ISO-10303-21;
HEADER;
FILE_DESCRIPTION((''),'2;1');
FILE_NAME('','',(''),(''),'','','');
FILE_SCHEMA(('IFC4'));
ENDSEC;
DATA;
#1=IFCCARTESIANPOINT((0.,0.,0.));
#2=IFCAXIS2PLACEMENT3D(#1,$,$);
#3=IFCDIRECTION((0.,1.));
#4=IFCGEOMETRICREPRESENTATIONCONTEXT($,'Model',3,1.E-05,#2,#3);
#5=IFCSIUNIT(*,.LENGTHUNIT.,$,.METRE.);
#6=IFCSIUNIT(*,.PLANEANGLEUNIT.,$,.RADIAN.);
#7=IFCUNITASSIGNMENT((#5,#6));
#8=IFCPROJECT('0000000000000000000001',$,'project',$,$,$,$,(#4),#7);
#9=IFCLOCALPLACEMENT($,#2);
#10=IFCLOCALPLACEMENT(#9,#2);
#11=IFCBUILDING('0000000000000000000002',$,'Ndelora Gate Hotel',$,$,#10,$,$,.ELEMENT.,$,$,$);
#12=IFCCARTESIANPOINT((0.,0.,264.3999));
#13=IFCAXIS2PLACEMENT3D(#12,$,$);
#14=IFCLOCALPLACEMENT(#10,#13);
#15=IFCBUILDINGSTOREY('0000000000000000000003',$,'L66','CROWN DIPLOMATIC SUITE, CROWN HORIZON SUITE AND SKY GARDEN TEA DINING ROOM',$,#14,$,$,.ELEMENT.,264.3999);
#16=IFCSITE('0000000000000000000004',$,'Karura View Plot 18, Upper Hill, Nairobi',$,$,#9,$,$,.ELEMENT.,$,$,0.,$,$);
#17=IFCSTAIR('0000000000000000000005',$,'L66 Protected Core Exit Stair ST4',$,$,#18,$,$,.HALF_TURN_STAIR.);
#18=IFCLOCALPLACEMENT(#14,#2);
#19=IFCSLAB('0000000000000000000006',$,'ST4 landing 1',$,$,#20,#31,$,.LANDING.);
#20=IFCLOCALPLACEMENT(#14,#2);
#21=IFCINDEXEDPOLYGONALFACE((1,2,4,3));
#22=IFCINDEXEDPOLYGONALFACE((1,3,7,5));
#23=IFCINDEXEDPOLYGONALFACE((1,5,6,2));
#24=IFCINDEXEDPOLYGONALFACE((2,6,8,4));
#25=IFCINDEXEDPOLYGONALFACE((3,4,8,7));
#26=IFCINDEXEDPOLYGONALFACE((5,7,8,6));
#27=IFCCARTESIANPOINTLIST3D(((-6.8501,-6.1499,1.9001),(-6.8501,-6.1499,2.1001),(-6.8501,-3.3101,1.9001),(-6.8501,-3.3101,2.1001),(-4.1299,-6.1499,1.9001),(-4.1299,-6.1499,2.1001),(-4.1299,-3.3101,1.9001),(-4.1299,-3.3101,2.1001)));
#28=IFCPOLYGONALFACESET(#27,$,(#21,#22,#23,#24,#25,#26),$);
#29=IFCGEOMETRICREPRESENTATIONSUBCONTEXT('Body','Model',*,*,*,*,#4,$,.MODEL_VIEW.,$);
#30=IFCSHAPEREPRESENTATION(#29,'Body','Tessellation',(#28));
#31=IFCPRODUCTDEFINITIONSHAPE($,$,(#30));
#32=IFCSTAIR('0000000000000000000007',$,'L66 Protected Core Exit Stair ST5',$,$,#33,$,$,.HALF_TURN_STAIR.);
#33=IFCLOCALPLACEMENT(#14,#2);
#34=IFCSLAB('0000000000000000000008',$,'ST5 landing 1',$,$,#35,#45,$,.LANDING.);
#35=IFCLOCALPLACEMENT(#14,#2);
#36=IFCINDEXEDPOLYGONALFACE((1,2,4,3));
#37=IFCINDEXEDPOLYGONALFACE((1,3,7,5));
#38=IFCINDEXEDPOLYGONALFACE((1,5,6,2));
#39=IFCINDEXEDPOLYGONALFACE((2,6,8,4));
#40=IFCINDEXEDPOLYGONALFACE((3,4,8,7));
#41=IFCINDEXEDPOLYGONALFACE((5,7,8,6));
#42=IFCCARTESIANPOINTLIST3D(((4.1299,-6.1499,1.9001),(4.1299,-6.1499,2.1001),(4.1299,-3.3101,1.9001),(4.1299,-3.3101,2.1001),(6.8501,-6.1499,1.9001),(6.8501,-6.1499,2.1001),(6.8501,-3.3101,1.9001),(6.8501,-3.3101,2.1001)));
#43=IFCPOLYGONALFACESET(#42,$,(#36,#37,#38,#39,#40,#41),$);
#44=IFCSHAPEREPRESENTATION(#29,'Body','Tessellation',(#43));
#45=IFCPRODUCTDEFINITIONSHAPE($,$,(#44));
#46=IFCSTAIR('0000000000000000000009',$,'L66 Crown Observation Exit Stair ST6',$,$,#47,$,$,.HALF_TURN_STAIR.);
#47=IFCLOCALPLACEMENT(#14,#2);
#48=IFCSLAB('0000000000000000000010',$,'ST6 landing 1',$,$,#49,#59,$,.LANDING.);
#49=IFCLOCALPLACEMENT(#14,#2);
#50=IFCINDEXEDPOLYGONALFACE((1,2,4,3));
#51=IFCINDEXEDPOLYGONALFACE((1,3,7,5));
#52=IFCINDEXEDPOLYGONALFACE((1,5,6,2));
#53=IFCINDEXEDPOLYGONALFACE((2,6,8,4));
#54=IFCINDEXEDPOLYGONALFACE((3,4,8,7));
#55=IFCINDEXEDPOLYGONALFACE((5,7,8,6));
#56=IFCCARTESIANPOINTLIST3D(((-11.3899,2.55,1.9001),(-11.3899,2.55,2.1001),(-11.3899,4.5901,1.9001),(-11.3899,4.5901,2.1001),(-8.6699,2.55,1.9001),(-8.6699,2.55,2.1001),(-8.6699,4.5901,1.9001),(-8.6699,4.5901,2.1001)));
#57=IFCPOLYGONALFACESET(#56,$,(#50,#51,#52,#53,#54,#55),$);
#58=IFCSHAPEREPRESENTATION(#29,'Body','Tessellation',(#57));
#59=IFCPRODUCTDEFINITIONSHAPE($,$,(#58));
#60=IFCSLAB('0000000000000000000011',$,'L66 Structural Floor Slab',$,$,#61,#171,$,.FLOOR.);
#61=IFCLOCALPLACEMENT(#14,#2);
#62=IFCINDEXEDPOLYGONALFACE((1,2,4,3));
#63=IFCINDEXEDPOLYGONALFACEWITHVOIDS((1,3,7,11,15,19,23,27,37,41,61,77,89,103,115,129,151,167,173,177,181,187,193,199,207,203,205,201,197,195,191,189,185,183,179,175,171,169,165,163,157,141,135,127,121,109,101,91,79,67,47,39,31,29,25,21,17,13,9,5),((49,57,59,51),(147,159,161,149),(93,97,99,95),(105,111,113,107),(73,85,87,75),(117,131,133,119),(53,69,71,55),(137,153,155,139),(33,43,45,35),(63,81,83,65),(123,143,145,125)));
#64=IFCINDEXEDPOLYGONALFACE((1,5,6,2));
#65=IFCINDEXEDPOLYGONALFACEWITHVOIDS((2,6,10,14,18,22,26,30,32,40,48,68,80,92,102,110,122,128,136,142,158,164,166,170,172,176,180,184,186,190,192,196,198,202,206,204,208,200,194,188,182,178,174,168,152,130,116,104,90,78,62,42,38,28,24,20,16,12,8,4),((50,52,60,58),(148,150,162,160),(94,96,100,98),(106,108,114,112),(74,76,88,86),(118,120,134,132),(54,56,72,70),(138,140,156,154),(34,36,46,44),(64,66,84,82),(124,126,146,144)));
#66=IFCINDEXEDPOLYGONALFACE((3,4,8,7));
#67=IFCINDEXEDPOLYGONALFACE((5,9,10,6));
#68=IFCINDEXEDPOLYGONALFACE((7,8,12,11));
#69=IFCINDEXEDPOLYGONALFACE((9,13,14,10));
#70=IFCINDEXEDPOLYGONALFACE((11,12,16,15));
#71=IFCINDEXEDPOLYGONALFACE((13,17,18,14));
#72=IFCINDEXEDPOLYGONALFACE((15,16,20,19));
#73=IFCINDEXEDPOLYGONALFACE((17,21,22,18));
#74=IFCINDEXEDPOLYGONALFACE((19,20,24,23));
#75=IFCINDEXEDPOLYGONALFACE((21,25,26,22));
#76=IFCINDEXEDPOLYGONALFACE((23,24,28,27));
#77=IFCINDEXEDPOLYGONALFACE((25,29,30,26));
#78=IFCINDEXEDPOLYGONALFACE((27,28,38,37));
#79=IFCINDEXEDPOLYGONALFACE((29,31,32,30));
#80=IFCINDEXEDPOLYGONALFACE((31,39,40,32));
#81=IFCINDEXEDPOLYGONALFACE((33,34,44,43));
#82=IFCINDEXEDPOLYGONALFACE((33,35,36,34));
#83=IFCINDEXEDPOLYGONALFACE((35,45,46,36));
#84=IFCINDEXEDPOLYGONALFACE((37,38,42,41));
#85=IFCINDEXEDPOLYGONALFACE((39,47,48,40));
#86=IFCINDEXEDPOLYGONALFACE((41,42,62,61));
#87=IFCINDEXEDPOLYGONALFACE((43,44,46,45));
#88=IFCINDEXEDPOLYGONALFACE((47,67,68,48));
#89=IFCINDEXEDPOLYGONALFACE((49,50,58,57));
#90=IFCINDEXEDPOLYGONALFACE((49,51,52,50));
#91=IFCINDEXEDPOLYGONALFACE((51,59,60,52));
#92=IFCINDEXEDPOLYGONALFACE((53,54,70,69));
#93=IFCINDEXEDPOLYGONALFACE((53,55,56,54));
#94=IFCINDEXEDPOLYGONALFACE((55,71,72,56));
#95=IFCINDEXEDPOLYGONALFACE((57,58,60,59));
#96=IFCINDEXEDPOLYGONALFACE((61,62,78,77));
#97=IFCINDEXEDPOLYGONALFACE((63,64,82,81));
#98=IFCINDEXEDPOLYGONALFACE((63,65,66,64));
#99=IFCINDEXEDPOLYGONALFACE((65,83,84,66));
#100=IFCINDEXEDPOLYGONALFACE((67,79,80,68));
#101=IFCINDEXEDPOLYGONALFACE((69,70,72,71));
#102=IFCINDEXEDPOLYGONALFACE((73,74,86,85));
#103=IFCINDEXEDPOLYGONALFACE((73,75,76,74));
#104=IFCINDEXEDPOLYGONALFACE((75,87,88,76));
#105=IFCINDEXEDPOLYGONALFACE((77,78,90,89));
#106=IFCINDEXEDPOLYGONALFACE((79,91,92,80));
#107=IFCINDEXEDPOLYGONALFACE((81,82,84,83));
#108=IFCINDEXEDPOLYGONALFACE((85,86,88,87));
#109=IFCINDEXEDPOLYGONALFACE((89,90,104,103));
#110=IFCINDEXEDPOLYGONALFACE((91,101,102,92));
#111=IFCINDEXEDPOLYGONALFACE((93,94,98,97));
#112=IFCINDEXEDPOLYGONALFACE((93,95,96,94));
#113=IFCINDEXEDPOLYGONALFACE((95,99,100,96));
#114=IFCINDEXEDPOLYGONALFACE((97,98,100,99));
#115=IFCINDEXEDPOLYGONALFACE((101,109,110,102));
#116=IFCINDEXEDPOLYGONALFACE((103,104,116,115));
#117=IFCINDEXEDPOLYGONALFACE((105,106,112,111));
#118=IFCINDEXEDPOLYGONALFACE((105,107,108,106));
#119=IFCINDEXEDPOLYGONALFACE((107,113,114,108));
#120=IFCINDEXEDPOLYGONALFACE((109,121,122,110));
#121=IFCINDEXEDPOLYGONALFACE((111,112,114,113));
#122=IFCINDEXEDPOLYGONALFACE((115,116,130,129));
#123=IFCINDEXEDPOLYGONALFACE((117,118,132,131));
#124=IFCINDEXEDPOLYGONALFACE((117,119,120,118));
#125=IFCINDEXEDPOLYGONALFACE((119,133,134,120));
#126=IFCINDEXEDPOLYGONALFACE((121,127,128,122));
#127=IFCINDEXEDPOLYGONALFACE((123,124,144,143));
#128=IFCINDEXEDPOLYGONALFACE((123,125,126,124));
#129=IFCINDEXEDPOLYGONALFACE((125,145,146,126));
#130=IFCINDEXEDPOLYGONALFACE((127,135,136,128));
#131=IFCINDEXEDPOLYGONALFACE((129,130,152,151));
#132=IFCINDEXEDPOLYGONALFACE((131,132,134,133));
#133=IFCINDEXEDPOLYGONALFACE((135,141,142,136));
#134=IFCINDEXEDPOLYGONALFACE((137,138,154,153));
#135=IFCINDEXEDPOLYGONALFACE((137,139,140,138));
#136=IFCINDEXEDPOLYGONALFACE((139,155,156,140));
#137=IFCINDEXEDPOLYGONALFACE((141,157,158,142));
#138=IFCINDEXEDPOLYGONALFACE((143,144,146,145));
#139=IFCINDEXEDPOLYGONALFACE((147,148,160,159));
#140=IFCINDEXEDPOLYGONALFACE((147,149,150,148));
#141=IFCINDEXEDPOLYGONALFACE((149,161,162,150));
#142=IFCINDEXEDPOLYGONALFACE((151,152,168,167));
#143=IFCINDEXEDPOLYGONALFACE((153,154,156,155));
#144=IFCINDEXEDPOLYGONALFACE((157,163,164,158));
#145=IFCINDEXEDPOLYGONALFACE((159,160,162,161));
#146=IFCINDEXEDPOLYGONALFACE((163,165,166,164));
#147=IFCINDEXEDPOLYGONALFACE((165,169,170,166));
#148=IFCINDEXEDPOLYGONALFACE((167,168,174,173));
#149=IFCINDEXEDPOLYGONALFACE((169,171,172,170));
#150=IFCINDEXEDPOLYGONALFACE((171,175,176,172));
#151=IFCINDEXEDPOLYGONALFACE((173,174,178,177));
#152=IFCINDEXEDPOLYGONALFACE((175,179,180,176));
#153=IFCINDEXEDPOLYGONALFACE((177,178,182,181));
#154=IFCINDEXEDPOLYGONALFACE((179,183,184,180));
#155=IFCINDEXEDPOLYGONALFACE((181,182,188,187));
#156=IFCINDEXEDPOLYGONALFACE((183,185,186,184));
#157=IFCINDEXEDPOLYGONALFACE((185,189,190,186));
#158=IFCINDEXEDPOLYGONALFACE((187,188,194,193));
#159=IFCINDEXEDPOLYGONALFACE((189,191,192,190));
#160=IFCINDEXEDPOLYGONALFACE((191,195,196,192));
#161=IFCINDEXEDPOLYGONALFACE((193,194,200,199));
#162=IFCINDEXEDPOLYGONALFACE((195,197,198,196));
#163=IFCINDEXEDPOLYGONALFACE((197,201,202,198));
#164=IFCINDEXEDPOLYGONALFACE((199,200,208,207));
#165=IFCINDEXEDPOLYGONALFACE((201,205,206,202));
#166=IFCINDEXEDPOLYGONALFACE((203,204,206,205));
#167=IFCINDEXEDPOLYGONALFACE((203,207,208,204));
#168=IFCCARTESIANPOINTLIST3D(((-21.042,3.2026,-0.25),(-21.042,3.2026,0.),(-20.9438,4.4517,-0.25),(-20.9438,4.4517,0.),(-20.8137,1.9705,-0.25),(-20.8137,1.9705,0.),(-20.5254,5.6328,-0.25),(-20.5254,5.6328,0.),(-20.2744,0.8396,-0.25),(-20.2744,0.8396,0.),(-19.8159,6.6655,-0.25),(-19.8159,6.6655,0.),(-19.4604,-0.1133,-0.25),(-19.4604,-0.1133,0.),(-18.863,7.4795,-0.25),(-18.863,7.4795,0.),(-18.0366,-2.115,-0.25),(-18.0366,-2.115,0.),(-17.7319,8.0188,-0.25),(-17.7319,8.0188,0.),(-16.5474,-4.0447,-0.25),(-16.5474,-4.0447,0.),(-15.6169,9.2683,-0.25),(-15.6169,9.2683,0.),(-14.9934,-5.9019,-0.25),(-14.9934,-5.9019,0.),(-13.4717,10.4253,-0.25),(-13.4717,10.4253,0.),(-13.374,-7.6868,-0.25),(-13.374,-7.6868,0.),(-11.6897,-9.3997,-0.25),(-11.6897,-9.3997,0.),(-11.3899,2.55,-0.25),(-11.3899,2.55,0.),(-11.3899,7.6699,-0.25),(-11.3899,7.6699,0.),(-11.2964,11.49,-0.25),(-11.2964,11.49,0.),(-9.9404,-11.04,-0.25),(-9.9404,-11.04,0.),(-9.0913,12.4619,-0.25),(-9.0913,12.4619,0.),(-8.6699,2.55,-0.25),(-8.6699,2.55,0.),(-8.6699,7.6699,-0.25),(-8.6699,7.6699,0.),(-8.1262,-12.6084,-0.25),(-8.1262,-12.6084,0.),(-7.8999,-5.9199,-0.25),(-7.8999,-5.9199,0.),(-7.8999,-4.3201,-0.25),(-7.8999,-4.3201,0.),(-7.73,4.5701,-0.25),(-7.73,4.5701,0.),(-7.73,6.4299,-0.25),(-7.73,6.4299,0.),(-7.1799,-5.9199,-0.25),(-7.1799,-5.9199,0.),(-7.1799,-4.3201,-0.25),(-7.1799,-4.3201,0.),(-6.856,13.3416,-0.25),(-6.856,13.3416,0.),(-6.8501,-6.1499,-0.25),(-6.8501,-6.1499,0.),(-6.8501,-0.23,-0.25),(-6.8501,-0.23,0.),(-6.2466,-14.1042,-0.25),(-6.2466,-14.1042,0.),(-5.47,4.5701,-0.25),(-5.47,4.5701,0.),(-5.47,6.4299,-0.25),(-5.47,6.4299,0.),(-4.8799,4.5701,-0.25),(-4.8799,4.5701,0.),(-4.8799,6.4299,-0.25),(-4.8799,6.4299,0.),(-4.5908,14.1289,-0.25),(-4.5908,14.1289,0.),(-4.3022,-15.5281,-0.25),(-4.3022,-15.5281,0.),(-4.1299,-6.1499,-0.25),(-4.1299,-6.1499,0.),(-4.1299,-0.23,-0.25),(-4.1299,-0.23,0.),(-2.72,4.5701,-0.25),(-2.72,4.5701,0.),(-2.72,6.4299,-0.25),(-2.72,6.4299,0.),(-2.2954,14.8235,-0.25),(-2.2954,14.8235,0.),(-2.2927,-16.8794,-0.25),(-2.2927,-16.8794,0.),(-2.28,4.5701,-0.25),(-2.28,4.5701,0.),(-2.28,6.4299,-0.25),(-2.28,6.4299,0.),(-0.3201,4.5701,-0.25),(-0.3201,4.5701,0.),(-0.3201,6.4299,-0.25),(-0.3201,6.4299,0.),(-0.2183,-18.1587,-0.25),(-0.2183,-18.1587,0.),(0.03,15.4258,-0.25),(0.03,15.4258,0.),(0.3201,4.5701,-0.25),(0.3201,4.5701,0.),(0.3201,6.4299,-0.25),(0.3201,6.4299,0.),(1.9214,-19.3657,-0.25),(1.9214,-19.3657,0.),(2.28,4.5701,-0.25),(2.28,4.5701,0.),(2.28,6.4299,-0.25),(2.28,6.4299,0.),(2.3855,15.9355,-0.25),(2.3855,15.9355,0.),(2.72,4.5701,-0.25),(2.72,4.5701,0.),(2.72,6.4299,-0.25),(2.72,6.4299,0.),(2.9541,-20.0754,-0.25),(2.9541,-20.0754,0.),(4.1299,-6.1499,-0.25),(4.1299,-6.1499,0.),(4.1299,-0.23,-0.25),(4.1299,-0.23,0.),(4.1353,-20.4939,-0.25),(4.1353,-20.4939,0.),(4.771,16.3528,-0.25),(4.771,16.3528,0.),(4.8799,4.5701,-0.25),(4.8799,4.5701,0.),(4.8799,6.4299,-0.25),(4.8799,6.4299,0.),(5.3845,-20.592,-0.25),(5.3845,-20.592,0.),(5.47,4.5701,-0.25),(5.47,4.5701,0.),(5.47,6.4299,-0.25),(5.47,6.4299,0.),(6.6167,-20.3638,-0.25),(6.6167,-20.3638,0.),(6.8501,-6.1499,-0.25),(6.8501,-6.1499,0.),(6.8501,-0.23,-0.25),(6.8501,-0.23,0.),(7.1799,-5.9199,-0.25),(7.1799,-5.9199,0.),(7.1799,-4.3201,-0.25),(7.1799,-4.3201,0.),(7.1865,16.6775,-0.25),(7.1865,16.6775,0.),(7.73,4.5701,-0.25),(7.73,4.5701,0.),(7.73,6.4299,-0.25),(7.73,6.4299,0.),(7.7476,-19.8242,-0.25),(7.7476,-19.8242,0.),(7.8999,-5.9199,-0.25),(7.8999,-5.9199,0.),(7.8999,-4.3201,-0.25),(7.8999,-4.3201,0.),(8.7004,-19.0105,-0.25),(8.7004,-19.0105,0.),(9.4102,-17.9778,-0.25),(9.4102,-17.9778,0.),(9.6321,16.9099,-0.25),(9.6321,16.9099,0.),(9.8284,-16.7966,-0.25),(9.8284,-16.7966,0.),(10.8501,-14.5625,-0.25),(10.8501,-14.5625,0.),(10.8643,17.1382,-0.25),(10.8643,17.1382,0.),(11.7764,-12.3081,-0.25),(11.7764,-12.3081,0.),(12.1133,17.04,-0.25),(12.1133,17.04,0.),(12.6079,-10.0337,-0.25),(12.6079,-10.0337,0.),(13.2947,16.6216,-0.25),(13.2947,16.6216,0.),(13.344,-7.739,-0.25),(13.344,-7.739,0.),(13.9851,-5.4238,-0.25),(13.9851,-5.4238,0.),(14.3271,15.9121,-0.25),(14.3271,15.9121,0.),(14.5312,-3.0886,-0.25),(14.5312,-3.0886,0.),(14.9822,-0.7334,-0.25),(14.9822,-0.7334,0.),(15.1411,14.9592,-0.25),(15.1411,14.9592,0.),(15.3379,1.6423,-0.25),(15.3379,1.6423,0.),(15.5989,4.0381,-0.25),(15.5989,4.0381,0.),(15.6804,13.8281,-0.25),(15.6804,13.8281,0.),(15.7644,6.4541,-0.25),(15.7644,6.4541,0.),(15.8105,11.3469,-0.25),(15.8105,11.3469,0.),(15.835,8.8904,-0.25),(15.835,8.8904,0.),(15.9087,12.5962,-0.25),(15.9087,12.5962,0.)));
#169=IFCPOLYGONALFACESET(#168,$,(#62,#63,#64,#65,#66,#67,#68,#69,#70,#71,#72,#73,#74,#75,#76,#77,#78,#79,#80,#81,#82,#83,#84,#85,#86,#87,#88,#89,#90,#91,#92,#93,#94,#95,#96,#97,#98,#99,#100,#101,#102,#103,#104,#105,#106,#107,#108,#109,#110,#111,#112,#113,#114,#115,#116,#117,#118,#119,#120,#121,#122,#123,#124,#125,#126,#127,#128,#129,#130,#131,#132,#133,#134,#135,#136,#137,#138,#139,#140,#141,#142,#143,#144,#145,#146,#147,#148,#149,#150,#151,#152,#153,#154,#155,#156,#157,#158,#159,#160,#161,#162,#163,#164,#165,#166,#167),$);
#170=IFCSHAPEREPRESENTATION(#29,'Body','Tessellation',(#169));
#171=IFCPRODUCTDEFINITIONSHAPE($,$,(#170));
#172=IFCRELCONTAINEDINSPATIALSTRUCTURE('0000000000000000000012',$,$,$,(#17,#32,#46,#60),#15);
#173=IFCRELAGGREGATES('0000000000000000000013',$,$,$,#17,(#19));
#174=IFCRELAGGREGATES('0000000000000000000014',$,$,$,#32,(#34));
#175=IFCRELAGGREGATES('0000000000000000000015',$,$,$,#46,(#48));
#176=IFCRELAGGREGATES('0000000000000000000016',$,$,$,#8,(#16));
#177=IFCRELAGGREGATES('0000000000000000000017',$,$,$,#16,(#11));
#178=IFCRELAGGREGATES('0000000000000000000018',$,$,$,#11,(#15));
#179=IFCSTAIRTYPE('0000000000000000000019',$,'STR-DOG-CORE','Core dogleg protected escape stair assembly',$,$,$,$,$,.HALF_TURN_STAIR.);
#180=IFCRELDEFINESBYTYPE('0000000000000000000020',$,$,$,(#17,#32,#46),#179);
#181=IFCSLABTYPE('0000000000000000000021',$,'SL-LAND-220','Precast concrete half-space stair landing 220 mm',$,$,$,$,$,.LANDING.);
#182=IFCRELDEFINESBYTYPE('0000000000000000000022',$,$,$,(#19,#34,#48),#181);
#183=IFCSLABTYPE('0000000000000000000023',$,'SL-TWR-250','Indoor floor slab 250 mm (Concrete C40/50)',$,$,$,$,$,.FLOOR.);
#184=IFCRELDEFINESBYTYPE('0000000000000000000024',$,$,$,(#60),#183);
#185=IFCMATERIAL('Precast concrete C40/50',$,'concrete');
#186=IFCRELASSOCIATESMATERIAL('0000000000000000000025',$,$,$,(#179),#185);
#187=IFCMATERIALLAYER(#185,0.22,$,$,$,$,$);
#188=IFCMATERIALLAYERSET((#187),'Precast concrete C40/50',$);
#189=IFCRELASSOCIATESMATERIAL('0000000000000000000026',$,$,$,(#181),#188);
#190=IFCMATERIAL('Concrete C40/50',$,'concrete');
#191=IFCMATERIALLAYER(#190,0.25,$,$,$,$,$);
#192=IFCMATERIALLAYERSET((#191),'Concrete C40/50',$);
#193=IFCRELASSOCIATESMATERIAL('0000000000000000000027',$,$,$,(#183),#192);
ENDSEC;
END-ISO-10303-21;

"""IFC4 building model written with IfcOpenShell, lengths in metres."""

from ifc_helpers import new_model, si_unit, direction, frame, origin, place, context, subcontext, project, spatial, polyline, outline, extrude, material, layer, layer_set, type_object, element, aggregate, save


model = new_model("IFC4")

# Units and contexts
model_context = context("Model", 3, precision=1e-05, world=origin(), true_north=direction((0.0, 1.0)))
body_context = subcontext(model_context, "Body", "Model", "MODEL_VIEW")
ifc_project = project(units=[si_unit("LENGTHUNIT", "METRE"), si_unit("PLANEANGLEUNIT", "RADIAN")], contexts=[model_context])

# Site, building, storey
site_placement = place(None, origin())
site = spatial("IfcSite", under=ifc_project, at=site_placement, Name="Karura View Plot 18, Upper Hill, Nairobi", CompositionType="ELEMENT", RefElevation=0.0)
building_placement = place(site_placement, origin())
building = spatial("IfcBuilding", under=site, at=building_placement, Name="Ndelora Gate Hotel", CompositionType="ELEMENT")
storey_placement = place(building_placement, frame((0.0, 0.0, 264.3999)))
storey = spatial("IfcBuildingStorey", under=building, at=storey_placement, Name="L66", Description="CROWN DIPLOMATIC SUITE, CROWN HORIZON SUITE AND SKY GARDEN TEA DINING ROOM", CompositionType="ELEMENT", Elevation=264.3999)

# Stairs, slabs
ifc_material_1 = material(Name="Precast concrete C40/50", Category="concrete")
stair_type = type_object("IfcStairType", Name="STR-DOG-CORE", Description="Core dogleg protected escape stair assembly", PredefinedType="HALF_TURN_STAIR", material=ifc_material_1)
stair_1_placement = place(storey_placement, origin())
stair_1 = element("IfcStair", 1, at=stair_1_placement, inside=storey, type_object=stair_type, Name="L66 Protected Core Exit Stair ST4", PredefinedType="HALF_TURN_STAIR")
ifc_layer_1 = layer(ifc_material_1, 0.22)
ifc_layer_set_1 = layer_set([ifc_layer_1], Name="Precast concrete C40/50")
slab_type_1 = type_object("IfcSlabType", Name="SL-LAND-220", Description="Precast concrete half-space stair landing 220 mm", PredefinedType="LANDING", material=ifc_layer_set_1)
slab_1_placement = place(storey_placement, frame((0.0, 0.0, 1.9001)))
slab_1 = element("IfcSlab", 2, at=slab_1_placement, type_object=slab_type_1, Name="ST4 landing 1", PredefinedType="LANDING", context=body_context, shape_type="SweptSolid", body=[
    extrude(outline(polyline([(-6.8501, -3.3101), (-6.8501, -6.1499), (-4.1299, -6.1499), (-4.1299, -3.3101), (-6.8501, -3.3101)])), origin(), (0.0, 0.0, 1.0), 0.2),
])
aggregate(stair_1, [slab_1])
stair_2_placement = place(storey_placement, origin())
stair_2 = element("IfcStair", 3, at=stair_2_placement, inside=storey, type_object=stair_type, Name="L66 Protected Core Exit Stair ST5", PredefinedType="HALF_TURN_STAIR")
slab_2_placement = place(storey_placement, frame((0.0, 0.0, 1.9001)))
slab_2 = element("IfcSlab", 4, at=slab_2_placement, type_object=slab_type_1, Name="ST5 landing 1", PredefinedType="LANDING", context=body_context, shape_type="SweptSolid", body=[
    extrude(outline(polyline([(4.1299, -3.3101), (4.1299, -6.1499), (6.8501, -6.1499), (6.8501, -3.3101), (4.1299, -3.3101)])), origin(), (0.0, 0.0, 1.0), 0.2),
])
aggregate(stair_2, [slab_2])
stair_3_placement = place(storey_placement, origin())
stair_3 = element("IfcStair", 5, at=stair_3_placement, inside=storey, type_object=stair_type, Name="L66 Crown Observation Exit Stair ST6", PredefinedType="HALF_TURN_STAIR")
slab_3_placement = place(storey_placement, frame((0.0, 0.0, 1.9001)))
slab_3 = element("IfcSlab", 6, at=slab_3_placement, type_object=slab_type_1, Name="ST6 landing 1", PredefinedType="LANDING", context=body_context, shape_type="SweptSolid", body=[
    extrude(outline(polyline([(-11.3899, 4.5901), (-11.3899, 2.55), (-8.6699, 2.55), (-8.6699, 4.5901), (-11.3899, 4.5901)])), origin(), (0.0, 0.0, 1.0), 0.2),
])
aggregate(stair_3, [slab_3])

# Slab
ifc_material_2 = material(Name="Concrete C40/50", Category="concrete")
ifc_layer_2 = layer(ifc_material_2, 0.25)
ifc_layer_set_2 = layer_set([ifc_layer_2], Name="Concrete C40/50")
slab_type_2 = type_object("IfcSlabType", Name="SL-TWR-250", Description="Indoor floor slab 250 mm (Concrete C40/50)", PredefinedType="FLOOR", material=ifc_layer_set_2)
slab_4_placement = place(storey_placement, frame((0.0, 0.0, -0.25)))
element("IfcSlab", 7, at=slab_4_placement, inside=storey, type_object=slab_type_2, Name="L66 Structural Floor Slab", PredefinedType="FLOOR", context=body_context, shape_type="SweptSolid", body=[
    extrude(outline(polyline([(-17.7319, 8.0188), (-18.863, 7.4795), (-19.8159, 6.6655), (-20.5254, 5.6328), (-20.9438, 4.4517), (-21.042, 3.2026), (-20.8137, 1.9705), (-20.2744, 0.8396), (-19.4604, -0.1133), (-18.0366, -2.115), (-16.5474, -4.0447), (-14.9934, -5.9019), (-13.374, -7.6868), (-11.6897, -9.3997), (-9.9404, -11.04), (-8.1262, -12.6084), (-6.2466, -14.1042), (-4.3022, -15.5281), (-2.2927, -16.8794), (-0.2183, -18.1587), (1.9214, -19.3657), (2.9541, -20.0754), (4.1353, -20.4939), (5.3845, -20.592), (6.6167, -20.3638), (7.7476, -19.8242), (8.7004, -19.0105), (9.4102, -17.9778), (9.8284, -16.7966), (10.8501, -14.5625), (11.7764, -12.3081), (12.6079, -10.0337), (13.344, -7.739), (13.9851, -5.4238), (14.5312, -3.0886), (14.9822, -0.7334), (15.3379, 1.6423), (15.5989, 4.0381), (15.7644, 6.4541), (15.835, 8.8904), (15.8105, 11.3469), (15.9087, 12.5962), (15.6804, 13.8281), (15.1411, 14.9592), (14.3271, 15.9121), (13.2947, 16.6216), (12.1133, 17.04), (10.8643, 17.1382), (9.6321, 16.9099), (7.1865, 16.6775), (4.771, 16.3528), (2.3855, 15.9355), (0.03, 15.4258), (-2.2954, 14.8235), (-4.5908, 14.1289), (-6.856, 13.3416), (-9.0913, 12.4619), (-11.2964, 11.49), (-13.4717, 10.4253), (-15.6169, 9.2683), (-17.7319, 8.0188)]), holes=[polyline([(-6.8501, -0.23), (-6.8501, -6.1499), (-4.1299, -6.1499), (-4.1299, -0.23), (-6.8501, -0.23)]), polyline([(4.1299, -0.23), (4.1299, -6.1499), (6.8501, -6.1499), (6.8501, -0.23), (4.1299, -0.23)]), polyline([(-11.3899, 7.6699), (-11.3899, 2.55), (-8.6699, 2.55), (-8.6699, 7.6699), (-11.3899, 7.6699)]), polyline([(-7.73, 4.5701), (-5.47, 4.5701), (-5.47, 6.4299), (-7.73, 6.4299), (-7.73, 4.5701)]), polyline([(5.47, 4.5701), (7.73, 4.5701), (7.73, 6.4299), (5.47, 6.4299), (5.47, 4.5701)]), polyline([(-4.8799, 4.5701), (-2.72, 4.5701), (-2.72, 6.4299), (-4.8799, 6.4299), (-4.8799, 4.5701)]), polyline([(2.72, 4.5701), (4.8799, 4.5701), (4.8799, 6.4299), (2.72, 6.4299), (2.72, 4.5701)]), polyline([(-2.28, 4.5701), (-0.3201, 4.5701), (-0.3201, 6.4299), (-2.28, 6.4299), (-2.28, 4.5701)]), polyline([(0.3201, 4.5701), (2.28, 4.5701), (2.28, 6.4299), (0.3201, 6.4299), (0.3201, 4.5701)]), polyline([(-7.8999, -5.9199), (-7.1799, -5.9199), (-7.1799, -4.3201), (-7.8999, -4.3201), (-7.8999, -5.9199)]), polyline([(7.1799, -5.9199), (7.8999, -5.9199), (7.8999, -4.3201), (7.1799, -4.3201), (7.1799, -5.9199)])]), origin(), (0.0, 0.0, 1.0), 0.25),
])

save(model, "model.ifc")
